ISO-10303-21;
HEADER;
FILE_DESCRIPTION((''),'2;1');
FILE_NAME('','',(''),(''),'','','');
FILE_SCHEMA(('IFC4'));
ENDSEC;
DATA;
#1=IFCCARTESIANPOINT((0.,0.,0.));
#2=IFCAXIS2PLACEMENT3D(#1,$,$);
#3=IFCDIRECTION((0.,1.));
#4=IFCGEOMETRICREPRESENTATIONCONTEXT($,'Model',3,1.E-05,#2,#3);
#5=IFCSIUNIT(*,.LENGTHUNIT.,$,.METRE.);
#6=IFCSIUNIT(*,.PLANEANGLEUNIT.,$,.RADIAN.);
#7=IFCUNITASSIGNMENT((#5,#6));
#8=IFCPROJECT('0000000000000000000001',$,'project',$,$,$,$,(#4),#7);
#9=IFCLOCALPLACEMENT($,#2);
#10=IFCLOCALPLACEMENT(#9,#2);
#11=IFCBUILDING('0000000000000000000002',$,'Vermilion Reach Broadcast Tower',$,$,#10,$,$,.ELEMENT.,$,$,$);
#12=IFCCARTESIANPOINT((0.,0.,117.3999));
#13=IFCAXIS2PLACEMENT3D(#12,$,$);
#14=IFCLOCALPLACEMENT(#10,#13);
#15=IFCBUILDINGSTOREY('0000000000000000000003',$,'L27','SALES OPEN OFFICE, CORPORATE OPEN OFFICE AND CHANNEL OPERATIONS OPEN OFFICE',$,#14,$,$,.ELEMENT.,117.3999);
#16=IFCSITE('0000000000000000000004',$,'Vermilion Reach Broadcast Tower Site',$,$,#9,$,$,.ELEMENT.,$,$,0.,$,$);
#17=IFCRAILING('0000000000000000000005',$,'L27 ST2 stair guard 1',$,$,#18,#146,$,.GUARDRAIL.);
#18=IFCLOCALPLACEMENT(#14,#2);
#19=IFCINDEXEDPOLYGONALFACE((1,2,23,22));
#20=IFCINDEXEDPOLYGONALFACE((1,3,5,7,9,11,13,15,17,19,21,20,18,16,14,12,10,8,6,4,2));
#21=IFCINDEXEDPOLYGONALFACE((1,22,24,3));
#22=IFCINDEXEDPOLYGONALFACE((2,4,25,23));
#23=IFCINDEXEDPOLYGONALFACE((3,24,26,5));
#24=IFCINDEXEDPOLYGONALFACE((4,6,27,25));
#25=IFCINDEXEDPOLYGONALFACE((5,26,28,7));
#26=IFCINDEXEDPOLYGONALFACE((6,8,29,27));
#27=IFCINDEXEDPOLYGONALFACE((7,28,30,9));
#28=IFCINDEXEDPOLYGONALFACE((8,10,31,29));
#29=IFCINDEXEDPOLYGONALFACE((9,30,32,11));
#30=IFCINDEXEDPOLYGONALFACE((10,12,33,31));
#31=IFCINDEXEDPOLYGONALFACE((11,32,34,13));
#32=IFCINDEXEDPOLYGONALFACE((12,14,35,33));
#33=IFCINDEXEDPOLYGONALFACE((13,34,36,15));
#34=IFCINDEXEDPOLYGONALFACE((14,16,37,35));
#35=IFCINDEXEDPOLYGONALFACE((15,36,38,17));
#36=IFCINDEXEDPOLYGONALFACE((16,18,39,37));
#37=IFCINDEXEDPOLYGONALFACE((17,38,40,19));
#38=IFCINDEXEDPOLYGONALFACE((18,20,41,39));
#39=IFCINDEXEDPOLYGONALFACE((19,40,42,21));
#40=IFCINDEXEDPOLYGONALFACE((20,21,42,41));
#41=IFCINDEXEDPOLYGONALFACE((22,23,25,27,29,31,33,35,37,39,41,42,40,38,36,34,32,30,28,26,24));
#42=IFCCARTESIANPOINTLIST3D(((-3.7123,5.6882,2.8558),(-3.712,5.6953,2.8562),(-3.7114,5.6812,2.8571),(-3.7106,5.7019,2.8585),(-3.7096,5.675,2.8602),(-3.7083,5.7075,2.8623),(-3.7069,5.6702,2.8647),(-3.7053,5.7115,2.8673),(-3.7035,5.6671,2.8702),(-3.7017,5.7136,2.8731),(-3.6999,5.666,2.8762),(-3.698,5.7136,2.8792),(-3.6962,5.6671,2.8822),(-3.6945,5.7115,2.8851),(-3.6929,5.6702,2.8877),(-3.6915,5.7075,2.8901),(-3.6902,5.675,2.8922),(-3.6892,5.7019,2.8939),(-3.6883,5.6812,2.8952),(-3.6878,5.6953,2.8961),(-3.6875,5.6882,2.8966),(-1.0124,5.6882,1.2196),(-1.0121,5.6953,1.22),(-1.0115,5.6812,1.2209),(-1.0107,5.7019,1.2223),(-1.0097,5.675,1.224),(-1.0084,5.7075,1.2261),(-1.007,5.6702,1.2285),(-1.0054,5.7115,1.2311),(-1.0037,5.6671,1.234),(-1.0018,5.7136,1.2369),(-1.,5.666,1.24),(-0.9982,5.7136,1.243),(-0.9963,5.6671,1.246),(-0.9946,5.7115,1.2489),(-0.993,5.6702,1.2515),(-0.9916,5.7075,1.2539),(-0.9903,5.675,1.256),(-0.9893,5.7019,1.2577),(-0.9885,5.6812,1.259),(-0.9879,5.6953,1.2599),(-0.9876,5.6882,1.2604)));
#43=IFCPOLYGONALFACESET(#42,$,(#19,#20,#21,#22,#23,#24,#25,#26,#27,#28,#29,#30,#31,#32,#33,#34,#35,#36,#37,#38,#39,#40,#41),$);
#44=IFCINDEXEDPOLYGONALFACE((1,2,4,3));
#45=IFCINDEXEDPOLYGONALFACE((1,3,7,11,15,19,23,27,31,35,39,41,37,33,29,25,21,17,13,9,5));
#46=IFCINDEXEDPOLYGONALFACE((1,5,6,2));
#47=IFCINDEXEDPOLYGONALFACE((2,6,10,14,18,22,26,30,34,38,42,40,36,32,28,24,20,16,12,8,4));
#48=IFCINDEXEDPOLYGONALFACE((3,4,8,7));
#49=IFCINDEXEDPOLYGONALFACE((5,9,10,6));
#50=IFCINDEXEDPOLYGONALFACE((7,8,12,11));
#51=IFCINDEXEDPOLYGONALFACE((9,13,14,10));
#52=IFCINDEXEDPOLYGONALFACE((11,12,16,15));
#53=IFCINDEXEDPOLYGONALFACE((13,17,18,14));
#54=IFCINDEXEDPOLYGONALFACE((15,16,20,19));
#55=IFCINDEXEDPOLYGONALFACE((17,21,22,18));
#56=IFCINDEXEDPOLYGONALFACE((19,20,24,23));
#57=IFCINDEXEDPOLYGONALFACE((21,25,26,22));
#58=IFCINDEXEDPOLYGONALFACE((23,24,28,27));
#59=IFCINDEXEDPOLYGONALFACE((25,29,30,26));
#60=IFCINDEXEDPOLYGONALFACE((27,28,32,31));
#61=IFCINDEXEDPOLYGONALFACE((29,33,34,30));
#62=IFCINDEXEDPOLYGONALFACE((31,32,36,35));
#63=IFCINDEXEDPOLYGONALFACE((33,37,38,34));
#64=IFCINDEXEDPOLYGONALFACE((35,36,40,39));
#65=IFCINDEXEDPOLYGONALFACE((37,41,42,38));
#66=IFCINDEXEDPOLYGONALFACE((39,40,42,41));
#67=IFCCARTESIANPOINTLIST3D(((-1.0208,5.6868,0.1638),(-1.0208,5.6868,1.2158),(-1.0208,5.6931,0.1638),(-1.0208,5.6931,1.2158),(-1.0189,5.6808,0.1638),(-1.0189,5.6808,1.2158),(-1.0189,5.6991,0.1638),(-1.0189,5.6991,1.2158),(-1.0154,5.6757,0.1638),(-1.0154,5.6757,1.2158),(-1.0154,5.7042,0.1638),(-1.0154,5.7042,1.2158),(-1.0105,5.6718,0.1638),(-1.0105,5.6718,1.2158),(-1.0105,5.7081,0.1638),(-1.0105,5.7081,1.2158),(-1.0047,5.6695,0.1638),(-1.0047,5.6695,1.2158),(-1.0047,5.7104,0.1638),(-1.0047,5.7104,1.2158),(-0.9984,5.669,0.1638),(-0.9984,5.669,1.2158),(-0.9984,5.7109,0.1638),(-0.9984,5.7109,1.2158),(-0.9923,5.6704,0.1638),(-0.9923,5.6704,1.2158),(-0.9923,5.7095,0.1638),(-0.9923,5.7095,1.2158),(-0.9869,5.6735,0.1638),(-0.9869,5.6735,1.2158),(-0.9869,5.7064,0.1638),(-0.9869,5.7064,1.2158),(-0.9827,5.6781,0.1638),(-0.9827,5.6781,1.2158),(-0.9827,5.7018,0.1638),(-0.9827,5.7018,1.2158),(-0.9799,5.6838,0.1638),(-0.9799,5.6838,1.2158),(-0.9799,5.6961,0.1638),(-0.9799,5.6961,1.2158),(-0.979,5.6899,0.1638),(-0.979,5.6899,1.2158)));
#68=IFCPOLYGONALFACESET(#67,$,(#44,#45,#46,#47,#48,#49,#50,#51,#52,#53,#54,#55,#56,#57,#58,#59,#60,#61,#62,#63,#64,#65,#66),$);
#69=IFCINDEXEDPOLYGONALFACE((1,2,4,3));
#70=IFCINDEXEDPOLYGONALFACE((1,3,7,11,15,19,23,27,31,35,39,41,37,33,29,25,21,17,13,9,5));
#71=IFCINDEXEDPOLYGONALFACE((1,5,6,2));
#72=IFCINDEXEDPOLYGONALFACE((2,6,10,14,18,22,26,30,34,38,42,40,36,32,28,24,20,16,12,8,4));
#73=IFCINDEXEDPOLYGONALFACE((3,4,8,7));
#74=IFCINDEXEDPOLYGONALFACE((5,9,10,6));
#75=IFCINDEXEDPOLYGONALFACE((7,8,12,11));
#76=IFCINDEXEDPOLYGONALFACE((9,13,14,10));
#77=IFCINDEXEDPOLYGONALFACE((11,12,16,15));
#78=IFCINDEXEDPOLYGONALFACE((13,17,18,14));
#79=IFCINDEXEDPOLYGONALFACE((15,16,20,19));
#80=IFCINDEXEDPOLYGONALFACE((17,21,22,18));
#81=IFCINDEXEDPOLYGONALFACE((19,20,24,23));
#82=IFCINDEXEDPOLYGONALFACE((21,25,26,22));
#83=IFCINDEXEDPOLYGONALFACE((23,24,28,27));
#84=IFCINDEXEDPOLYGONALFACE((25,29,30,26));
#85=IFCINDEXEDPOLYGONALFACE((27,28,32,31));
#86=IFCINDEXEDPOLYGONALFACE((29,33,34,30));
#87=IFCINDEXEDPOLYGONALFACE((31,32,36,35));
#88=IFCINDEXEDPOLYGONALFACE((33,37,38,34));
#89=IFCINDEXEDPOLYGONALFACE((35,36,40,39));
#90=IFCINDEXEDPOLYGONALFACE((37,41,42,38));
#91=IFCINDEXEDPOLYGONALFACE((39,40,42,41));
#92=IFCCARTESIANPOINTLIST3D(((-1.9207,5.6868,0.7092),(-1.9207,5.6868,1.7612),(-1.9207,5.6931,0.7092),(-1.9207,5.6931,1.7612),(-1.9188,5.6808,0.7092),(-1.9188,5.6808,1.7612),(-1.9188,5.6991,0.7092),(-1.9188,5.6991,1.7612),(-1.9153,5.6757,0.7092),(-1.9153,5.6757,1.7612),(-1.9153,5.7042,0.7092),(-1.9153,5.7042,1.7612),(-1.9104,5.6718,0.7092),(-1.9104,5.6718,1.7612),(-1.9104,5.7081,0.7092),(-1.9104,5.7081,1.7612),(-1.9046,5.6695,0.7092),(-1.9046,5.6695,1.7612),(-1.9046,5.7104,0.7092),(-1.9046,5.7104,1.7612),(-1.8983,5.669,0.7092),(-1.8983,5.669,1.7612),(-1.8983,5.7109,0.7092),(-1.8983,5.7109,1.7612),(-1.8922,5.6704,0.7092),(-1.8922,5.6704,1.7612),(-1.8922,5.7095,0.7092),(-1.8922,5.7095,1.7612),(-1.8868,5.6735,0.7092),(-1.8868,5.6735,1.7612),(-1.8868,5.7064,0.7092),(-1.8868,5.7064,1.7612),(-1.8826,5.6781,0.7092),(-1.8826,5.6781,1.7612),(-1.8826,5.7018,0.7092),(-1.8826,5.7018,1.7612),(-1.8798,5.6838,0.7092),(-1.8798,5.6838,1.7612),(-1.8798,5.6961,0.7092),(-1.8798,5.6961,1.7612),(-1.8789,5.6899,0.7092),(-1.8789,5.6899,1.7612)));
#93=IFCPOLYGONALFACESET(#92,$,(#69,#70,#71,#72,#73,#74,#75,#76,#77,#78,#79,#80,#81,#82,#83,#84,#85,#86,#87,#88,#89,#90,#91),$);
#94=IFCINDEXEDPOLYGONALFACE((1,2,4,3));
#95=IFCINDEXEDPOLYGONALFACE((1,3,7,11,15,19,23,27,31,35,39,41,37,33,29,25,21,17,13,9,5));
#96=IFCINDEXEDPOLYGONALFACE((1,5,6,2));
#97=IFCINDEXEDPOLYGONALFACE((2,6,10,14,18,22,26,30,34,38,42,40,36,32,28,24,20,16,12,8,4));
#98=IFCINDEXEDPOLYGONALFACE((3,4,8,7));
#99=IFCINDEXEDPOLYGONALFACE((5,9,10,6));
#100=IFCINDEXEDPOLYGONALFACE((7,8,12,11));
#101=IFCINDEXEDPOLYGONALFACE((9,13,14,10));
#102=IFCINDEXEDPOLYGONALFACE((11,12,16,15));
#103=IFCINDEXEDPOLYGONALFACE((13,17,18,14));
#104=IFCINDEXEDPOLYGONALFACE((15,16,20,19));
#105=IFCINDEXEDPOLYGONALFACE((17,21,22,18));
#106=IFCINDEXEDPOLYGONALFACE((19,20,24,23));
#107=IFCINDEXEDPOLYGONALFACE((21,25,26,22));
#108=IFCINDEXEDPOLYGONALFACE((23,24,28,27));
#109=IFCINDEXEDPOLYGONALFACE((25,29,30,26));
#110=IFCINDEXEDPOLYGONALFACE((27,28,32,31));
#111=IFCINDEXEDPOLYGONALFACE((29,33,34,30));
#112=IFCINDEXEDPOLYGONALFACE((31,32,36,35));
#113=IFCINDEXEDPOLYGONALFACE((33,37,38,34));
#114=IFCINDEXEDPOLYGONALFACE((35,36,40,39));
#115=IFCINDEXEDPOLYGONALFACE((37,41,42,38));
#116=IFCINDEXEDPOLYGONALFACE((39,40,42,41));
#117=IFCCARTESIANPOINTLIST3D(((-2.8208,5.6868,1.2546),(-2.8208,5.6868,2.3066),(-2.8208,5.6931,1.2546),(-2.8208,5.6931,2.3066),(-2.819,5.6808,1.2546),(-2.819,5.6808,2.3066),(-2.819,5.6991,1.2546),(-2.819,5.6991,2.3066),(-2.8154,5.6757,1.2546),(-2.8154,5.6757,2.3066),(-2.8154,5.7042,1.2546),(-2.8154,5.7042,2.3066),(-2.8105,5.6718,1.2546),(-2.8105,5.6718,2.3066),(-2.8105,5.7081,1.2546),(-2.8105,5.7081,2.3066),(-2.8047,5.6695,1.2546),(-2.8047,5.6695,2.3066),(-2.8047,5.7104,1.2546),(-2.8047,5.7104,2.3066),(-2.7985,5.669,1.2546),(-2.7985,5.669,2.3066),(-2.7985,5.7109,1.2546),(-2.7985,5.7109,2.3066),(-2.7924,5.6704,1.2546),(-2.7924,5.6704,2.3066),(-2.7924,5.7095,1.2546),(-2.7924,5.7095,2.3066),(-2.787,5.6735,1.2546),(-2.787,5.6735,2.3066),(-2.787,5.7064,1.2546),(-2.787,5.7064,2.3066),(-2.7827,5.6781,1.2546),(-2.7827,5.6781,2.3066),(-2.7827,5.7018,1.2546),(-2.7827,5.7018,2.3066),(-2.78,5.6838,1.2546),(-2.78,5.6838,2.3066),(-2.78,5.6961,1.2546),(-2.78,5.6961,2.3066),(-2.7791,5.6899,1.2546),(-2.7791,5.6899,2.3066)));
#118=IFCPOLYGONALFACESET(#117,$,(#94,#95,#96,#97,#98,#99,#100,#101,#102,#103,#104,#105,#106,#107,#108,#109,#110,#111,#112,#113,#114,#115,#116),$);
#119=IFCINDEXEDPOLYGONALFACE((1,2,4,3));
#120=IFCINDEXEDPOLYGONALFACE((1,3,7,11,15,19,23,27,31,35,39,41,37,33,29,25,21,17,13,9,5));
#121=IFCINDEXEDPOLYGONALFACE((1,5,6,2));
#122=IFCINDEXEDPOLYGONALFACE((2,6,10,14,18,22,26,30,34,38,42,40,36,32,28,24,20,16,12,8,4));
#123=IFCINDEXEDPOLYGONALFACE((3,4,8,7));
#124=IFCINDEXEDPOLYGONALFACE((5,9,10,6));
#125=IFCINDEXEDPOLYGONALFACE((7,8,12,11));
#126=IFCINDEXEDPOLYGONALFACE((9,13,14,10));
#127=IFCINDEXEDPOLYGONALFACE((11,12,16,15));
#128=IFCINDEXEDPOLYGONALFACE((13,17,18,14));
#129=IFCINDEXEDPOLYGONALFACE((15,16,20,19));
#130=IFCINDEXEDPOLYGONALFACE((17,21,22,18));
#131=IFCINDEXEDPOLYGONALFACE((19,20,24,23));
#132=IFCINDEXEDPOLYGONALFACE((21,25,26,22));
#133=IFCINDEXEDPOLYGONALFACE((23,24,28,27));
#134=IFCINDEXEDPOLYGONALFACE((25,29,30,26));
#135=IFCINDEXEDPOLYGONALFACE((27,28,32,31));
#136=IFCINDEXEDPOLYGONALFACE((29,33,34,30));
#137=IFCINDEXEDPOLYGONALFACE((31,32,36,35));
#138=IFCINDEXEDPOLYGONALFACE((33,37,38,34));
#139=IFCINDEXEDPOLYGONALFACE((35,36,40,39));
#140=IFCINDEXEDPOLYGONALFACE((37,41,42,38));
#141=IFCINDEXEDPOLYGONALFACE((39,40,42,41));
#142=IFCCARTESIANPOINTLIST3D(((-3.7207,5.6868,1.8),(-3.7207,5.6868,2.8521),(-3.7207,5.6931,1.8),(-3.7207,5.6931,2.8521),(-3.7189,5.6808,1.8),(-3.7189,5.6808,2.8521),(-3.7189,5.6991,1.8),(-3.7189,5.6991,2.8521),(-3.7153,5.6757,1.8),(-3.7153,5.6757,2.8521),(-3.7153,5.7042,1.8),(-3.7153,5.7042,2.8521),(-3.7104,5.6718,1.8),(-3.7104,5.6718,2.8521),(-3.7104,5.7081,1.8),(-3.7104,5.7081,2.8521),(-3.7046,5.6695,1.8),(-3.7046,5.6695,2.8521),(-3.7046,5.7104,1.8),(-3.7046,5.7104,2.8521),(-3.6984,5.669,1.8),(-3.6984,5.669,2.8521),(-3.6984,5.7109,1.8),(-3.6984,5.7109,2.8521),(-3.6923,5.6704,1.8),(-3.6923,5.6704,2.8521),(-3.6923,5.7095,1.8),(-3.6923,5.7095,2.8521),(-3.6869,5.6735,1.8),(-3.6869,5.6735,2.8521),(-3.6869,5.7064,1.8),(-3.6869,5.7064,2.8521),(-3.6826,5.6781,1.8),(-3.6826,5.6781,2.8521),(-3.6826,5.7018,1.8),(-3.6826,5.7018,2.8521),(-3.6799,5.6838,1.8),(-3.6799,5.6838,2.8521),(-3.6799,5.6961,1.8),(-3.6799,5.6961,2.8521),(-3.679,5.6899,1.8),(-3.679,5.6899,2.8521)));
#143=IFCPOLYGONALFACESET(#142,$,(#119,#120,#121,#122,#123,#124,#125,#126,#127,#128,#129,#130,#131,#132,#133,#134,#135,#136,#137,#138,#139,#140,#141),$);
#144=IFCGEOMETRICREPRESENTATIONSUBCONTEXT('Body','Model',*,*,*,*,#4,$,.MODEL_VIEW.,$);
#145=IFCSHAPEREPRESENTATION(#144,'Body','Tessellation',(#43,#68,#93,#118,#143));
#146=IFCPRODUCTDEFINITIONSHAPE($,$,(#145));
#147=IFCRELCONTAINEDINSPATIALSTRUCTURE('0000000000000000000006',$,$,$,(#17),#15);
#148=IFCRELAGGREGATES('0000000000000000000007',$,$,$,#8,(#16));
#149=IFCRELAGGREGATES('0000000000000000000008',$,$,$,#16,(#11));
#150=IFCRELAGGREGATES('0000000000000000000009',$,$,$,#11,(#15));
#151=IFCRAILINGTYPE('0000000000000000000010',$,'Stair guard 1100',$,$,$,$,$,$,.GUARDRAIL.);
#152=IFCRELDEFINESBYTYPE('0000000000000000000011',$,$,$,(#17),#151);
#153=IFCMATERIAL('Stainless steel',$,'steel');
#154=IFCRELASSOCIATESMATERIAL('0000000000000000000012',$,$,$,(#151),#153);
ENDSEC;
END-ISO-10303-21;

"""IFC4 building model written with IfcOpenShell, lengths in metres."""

from ifc_helpers import new_model, si_unit, direction, frame, origin, origin_2d, place, context, subcontext, project, spatial, circle, extrude, material, type_object, element, save


model = new_model("IFC4")

# Units and contexts
model_context = context("Model", 3, precision=1e-05, world=origin(), true_north=direction((0.0, 1.0)))
body_context = subcontext(model_context, "Body", "Model", "MODEL_VIEW")
ifc_project = project(units=[si_unit("LENGTHUNIT", "METRE"), si_unit("PLANEANGLEUNIT", "RADIAN")], contexts=[model_context])

# Site, building, storey
site_placement = place(None, origin())
site = spatial("IfcSite", under=ifc_project, at=site_placement, Name="Vermilion Reach Broadcast Tower Site", CompositionType="ELEMENT", RefElevation=0.0)
building_placement = place(site_placement, origin())
building = spatial("IfcBuilding", under=site, at=building_placement, Name="Vermilion Reach Broadcast Tower", CompositionType="ELEMENT")
storey_placement = place(building_placement, frame((0.0, 0.0, 117.3999)))
storey = spatial("IfcBuildingStorey", under=building, at=storey_placement, Name="L27", Description="SALES OPEN OFFICE, CORPORATE OPEN OFFICE AND CHANNEL OPERATIONS OPEN OFFICE", CompositionType="ELEMENT", Elevation=117.3999)

# Railing
ifc_material_1 = material(Name="Stainless steel", Category="steel")
railing_type_1 = type_object("IfcRailingType", Name="Stair guard 1100", PredefinedType="GUARDRAIL", material=ifc_material_1)
railing_1_placement = place(storey_placement, frame((-1.0, 5.6899, 0.1638)))
element("IfcRailing", 1, at=railing_1_placement, inside=storey, type_object=railing_type_1, Name="L27 ST2 stair guard 1", PredefinedType="GUARDRAIL", context=body_context, shape_type="SweptSolid", body=[
    extrude(circle(Radius=0.0239, at=origin_2d()), frame((0.0, 0.0, 1.0762), z_axis=(-0.855212, 0.0, 0.518278), x_axis=(0.0, -1.0, 0.0)), (0.0, 0.0, 1.0), 3.157),
    extrude(circle(Radius=0.021, at=origin_2d()), origin(), (0.0, 0.0, 1.0), 1.052),
    extrude(circle(Radius=0.021, at=origin_2d()), frame((-0.8999, 0.0, 0.5454)), (0.0, 0.0, 1.0), 1.052),
    extrude(circle(Radius=0.021, at=origin_2d()), frame((-1.8, 0.0, 1.0908)), (0.0, 0.0, 1.0), 1.052),
    extrude(circle(Radius=0.021, at=origin_2d()), frame((-2.7, 0.0, 1.6362)), (0.0, 0.0, 1.0), 1.052),
])

save(model, "model.ifc")
